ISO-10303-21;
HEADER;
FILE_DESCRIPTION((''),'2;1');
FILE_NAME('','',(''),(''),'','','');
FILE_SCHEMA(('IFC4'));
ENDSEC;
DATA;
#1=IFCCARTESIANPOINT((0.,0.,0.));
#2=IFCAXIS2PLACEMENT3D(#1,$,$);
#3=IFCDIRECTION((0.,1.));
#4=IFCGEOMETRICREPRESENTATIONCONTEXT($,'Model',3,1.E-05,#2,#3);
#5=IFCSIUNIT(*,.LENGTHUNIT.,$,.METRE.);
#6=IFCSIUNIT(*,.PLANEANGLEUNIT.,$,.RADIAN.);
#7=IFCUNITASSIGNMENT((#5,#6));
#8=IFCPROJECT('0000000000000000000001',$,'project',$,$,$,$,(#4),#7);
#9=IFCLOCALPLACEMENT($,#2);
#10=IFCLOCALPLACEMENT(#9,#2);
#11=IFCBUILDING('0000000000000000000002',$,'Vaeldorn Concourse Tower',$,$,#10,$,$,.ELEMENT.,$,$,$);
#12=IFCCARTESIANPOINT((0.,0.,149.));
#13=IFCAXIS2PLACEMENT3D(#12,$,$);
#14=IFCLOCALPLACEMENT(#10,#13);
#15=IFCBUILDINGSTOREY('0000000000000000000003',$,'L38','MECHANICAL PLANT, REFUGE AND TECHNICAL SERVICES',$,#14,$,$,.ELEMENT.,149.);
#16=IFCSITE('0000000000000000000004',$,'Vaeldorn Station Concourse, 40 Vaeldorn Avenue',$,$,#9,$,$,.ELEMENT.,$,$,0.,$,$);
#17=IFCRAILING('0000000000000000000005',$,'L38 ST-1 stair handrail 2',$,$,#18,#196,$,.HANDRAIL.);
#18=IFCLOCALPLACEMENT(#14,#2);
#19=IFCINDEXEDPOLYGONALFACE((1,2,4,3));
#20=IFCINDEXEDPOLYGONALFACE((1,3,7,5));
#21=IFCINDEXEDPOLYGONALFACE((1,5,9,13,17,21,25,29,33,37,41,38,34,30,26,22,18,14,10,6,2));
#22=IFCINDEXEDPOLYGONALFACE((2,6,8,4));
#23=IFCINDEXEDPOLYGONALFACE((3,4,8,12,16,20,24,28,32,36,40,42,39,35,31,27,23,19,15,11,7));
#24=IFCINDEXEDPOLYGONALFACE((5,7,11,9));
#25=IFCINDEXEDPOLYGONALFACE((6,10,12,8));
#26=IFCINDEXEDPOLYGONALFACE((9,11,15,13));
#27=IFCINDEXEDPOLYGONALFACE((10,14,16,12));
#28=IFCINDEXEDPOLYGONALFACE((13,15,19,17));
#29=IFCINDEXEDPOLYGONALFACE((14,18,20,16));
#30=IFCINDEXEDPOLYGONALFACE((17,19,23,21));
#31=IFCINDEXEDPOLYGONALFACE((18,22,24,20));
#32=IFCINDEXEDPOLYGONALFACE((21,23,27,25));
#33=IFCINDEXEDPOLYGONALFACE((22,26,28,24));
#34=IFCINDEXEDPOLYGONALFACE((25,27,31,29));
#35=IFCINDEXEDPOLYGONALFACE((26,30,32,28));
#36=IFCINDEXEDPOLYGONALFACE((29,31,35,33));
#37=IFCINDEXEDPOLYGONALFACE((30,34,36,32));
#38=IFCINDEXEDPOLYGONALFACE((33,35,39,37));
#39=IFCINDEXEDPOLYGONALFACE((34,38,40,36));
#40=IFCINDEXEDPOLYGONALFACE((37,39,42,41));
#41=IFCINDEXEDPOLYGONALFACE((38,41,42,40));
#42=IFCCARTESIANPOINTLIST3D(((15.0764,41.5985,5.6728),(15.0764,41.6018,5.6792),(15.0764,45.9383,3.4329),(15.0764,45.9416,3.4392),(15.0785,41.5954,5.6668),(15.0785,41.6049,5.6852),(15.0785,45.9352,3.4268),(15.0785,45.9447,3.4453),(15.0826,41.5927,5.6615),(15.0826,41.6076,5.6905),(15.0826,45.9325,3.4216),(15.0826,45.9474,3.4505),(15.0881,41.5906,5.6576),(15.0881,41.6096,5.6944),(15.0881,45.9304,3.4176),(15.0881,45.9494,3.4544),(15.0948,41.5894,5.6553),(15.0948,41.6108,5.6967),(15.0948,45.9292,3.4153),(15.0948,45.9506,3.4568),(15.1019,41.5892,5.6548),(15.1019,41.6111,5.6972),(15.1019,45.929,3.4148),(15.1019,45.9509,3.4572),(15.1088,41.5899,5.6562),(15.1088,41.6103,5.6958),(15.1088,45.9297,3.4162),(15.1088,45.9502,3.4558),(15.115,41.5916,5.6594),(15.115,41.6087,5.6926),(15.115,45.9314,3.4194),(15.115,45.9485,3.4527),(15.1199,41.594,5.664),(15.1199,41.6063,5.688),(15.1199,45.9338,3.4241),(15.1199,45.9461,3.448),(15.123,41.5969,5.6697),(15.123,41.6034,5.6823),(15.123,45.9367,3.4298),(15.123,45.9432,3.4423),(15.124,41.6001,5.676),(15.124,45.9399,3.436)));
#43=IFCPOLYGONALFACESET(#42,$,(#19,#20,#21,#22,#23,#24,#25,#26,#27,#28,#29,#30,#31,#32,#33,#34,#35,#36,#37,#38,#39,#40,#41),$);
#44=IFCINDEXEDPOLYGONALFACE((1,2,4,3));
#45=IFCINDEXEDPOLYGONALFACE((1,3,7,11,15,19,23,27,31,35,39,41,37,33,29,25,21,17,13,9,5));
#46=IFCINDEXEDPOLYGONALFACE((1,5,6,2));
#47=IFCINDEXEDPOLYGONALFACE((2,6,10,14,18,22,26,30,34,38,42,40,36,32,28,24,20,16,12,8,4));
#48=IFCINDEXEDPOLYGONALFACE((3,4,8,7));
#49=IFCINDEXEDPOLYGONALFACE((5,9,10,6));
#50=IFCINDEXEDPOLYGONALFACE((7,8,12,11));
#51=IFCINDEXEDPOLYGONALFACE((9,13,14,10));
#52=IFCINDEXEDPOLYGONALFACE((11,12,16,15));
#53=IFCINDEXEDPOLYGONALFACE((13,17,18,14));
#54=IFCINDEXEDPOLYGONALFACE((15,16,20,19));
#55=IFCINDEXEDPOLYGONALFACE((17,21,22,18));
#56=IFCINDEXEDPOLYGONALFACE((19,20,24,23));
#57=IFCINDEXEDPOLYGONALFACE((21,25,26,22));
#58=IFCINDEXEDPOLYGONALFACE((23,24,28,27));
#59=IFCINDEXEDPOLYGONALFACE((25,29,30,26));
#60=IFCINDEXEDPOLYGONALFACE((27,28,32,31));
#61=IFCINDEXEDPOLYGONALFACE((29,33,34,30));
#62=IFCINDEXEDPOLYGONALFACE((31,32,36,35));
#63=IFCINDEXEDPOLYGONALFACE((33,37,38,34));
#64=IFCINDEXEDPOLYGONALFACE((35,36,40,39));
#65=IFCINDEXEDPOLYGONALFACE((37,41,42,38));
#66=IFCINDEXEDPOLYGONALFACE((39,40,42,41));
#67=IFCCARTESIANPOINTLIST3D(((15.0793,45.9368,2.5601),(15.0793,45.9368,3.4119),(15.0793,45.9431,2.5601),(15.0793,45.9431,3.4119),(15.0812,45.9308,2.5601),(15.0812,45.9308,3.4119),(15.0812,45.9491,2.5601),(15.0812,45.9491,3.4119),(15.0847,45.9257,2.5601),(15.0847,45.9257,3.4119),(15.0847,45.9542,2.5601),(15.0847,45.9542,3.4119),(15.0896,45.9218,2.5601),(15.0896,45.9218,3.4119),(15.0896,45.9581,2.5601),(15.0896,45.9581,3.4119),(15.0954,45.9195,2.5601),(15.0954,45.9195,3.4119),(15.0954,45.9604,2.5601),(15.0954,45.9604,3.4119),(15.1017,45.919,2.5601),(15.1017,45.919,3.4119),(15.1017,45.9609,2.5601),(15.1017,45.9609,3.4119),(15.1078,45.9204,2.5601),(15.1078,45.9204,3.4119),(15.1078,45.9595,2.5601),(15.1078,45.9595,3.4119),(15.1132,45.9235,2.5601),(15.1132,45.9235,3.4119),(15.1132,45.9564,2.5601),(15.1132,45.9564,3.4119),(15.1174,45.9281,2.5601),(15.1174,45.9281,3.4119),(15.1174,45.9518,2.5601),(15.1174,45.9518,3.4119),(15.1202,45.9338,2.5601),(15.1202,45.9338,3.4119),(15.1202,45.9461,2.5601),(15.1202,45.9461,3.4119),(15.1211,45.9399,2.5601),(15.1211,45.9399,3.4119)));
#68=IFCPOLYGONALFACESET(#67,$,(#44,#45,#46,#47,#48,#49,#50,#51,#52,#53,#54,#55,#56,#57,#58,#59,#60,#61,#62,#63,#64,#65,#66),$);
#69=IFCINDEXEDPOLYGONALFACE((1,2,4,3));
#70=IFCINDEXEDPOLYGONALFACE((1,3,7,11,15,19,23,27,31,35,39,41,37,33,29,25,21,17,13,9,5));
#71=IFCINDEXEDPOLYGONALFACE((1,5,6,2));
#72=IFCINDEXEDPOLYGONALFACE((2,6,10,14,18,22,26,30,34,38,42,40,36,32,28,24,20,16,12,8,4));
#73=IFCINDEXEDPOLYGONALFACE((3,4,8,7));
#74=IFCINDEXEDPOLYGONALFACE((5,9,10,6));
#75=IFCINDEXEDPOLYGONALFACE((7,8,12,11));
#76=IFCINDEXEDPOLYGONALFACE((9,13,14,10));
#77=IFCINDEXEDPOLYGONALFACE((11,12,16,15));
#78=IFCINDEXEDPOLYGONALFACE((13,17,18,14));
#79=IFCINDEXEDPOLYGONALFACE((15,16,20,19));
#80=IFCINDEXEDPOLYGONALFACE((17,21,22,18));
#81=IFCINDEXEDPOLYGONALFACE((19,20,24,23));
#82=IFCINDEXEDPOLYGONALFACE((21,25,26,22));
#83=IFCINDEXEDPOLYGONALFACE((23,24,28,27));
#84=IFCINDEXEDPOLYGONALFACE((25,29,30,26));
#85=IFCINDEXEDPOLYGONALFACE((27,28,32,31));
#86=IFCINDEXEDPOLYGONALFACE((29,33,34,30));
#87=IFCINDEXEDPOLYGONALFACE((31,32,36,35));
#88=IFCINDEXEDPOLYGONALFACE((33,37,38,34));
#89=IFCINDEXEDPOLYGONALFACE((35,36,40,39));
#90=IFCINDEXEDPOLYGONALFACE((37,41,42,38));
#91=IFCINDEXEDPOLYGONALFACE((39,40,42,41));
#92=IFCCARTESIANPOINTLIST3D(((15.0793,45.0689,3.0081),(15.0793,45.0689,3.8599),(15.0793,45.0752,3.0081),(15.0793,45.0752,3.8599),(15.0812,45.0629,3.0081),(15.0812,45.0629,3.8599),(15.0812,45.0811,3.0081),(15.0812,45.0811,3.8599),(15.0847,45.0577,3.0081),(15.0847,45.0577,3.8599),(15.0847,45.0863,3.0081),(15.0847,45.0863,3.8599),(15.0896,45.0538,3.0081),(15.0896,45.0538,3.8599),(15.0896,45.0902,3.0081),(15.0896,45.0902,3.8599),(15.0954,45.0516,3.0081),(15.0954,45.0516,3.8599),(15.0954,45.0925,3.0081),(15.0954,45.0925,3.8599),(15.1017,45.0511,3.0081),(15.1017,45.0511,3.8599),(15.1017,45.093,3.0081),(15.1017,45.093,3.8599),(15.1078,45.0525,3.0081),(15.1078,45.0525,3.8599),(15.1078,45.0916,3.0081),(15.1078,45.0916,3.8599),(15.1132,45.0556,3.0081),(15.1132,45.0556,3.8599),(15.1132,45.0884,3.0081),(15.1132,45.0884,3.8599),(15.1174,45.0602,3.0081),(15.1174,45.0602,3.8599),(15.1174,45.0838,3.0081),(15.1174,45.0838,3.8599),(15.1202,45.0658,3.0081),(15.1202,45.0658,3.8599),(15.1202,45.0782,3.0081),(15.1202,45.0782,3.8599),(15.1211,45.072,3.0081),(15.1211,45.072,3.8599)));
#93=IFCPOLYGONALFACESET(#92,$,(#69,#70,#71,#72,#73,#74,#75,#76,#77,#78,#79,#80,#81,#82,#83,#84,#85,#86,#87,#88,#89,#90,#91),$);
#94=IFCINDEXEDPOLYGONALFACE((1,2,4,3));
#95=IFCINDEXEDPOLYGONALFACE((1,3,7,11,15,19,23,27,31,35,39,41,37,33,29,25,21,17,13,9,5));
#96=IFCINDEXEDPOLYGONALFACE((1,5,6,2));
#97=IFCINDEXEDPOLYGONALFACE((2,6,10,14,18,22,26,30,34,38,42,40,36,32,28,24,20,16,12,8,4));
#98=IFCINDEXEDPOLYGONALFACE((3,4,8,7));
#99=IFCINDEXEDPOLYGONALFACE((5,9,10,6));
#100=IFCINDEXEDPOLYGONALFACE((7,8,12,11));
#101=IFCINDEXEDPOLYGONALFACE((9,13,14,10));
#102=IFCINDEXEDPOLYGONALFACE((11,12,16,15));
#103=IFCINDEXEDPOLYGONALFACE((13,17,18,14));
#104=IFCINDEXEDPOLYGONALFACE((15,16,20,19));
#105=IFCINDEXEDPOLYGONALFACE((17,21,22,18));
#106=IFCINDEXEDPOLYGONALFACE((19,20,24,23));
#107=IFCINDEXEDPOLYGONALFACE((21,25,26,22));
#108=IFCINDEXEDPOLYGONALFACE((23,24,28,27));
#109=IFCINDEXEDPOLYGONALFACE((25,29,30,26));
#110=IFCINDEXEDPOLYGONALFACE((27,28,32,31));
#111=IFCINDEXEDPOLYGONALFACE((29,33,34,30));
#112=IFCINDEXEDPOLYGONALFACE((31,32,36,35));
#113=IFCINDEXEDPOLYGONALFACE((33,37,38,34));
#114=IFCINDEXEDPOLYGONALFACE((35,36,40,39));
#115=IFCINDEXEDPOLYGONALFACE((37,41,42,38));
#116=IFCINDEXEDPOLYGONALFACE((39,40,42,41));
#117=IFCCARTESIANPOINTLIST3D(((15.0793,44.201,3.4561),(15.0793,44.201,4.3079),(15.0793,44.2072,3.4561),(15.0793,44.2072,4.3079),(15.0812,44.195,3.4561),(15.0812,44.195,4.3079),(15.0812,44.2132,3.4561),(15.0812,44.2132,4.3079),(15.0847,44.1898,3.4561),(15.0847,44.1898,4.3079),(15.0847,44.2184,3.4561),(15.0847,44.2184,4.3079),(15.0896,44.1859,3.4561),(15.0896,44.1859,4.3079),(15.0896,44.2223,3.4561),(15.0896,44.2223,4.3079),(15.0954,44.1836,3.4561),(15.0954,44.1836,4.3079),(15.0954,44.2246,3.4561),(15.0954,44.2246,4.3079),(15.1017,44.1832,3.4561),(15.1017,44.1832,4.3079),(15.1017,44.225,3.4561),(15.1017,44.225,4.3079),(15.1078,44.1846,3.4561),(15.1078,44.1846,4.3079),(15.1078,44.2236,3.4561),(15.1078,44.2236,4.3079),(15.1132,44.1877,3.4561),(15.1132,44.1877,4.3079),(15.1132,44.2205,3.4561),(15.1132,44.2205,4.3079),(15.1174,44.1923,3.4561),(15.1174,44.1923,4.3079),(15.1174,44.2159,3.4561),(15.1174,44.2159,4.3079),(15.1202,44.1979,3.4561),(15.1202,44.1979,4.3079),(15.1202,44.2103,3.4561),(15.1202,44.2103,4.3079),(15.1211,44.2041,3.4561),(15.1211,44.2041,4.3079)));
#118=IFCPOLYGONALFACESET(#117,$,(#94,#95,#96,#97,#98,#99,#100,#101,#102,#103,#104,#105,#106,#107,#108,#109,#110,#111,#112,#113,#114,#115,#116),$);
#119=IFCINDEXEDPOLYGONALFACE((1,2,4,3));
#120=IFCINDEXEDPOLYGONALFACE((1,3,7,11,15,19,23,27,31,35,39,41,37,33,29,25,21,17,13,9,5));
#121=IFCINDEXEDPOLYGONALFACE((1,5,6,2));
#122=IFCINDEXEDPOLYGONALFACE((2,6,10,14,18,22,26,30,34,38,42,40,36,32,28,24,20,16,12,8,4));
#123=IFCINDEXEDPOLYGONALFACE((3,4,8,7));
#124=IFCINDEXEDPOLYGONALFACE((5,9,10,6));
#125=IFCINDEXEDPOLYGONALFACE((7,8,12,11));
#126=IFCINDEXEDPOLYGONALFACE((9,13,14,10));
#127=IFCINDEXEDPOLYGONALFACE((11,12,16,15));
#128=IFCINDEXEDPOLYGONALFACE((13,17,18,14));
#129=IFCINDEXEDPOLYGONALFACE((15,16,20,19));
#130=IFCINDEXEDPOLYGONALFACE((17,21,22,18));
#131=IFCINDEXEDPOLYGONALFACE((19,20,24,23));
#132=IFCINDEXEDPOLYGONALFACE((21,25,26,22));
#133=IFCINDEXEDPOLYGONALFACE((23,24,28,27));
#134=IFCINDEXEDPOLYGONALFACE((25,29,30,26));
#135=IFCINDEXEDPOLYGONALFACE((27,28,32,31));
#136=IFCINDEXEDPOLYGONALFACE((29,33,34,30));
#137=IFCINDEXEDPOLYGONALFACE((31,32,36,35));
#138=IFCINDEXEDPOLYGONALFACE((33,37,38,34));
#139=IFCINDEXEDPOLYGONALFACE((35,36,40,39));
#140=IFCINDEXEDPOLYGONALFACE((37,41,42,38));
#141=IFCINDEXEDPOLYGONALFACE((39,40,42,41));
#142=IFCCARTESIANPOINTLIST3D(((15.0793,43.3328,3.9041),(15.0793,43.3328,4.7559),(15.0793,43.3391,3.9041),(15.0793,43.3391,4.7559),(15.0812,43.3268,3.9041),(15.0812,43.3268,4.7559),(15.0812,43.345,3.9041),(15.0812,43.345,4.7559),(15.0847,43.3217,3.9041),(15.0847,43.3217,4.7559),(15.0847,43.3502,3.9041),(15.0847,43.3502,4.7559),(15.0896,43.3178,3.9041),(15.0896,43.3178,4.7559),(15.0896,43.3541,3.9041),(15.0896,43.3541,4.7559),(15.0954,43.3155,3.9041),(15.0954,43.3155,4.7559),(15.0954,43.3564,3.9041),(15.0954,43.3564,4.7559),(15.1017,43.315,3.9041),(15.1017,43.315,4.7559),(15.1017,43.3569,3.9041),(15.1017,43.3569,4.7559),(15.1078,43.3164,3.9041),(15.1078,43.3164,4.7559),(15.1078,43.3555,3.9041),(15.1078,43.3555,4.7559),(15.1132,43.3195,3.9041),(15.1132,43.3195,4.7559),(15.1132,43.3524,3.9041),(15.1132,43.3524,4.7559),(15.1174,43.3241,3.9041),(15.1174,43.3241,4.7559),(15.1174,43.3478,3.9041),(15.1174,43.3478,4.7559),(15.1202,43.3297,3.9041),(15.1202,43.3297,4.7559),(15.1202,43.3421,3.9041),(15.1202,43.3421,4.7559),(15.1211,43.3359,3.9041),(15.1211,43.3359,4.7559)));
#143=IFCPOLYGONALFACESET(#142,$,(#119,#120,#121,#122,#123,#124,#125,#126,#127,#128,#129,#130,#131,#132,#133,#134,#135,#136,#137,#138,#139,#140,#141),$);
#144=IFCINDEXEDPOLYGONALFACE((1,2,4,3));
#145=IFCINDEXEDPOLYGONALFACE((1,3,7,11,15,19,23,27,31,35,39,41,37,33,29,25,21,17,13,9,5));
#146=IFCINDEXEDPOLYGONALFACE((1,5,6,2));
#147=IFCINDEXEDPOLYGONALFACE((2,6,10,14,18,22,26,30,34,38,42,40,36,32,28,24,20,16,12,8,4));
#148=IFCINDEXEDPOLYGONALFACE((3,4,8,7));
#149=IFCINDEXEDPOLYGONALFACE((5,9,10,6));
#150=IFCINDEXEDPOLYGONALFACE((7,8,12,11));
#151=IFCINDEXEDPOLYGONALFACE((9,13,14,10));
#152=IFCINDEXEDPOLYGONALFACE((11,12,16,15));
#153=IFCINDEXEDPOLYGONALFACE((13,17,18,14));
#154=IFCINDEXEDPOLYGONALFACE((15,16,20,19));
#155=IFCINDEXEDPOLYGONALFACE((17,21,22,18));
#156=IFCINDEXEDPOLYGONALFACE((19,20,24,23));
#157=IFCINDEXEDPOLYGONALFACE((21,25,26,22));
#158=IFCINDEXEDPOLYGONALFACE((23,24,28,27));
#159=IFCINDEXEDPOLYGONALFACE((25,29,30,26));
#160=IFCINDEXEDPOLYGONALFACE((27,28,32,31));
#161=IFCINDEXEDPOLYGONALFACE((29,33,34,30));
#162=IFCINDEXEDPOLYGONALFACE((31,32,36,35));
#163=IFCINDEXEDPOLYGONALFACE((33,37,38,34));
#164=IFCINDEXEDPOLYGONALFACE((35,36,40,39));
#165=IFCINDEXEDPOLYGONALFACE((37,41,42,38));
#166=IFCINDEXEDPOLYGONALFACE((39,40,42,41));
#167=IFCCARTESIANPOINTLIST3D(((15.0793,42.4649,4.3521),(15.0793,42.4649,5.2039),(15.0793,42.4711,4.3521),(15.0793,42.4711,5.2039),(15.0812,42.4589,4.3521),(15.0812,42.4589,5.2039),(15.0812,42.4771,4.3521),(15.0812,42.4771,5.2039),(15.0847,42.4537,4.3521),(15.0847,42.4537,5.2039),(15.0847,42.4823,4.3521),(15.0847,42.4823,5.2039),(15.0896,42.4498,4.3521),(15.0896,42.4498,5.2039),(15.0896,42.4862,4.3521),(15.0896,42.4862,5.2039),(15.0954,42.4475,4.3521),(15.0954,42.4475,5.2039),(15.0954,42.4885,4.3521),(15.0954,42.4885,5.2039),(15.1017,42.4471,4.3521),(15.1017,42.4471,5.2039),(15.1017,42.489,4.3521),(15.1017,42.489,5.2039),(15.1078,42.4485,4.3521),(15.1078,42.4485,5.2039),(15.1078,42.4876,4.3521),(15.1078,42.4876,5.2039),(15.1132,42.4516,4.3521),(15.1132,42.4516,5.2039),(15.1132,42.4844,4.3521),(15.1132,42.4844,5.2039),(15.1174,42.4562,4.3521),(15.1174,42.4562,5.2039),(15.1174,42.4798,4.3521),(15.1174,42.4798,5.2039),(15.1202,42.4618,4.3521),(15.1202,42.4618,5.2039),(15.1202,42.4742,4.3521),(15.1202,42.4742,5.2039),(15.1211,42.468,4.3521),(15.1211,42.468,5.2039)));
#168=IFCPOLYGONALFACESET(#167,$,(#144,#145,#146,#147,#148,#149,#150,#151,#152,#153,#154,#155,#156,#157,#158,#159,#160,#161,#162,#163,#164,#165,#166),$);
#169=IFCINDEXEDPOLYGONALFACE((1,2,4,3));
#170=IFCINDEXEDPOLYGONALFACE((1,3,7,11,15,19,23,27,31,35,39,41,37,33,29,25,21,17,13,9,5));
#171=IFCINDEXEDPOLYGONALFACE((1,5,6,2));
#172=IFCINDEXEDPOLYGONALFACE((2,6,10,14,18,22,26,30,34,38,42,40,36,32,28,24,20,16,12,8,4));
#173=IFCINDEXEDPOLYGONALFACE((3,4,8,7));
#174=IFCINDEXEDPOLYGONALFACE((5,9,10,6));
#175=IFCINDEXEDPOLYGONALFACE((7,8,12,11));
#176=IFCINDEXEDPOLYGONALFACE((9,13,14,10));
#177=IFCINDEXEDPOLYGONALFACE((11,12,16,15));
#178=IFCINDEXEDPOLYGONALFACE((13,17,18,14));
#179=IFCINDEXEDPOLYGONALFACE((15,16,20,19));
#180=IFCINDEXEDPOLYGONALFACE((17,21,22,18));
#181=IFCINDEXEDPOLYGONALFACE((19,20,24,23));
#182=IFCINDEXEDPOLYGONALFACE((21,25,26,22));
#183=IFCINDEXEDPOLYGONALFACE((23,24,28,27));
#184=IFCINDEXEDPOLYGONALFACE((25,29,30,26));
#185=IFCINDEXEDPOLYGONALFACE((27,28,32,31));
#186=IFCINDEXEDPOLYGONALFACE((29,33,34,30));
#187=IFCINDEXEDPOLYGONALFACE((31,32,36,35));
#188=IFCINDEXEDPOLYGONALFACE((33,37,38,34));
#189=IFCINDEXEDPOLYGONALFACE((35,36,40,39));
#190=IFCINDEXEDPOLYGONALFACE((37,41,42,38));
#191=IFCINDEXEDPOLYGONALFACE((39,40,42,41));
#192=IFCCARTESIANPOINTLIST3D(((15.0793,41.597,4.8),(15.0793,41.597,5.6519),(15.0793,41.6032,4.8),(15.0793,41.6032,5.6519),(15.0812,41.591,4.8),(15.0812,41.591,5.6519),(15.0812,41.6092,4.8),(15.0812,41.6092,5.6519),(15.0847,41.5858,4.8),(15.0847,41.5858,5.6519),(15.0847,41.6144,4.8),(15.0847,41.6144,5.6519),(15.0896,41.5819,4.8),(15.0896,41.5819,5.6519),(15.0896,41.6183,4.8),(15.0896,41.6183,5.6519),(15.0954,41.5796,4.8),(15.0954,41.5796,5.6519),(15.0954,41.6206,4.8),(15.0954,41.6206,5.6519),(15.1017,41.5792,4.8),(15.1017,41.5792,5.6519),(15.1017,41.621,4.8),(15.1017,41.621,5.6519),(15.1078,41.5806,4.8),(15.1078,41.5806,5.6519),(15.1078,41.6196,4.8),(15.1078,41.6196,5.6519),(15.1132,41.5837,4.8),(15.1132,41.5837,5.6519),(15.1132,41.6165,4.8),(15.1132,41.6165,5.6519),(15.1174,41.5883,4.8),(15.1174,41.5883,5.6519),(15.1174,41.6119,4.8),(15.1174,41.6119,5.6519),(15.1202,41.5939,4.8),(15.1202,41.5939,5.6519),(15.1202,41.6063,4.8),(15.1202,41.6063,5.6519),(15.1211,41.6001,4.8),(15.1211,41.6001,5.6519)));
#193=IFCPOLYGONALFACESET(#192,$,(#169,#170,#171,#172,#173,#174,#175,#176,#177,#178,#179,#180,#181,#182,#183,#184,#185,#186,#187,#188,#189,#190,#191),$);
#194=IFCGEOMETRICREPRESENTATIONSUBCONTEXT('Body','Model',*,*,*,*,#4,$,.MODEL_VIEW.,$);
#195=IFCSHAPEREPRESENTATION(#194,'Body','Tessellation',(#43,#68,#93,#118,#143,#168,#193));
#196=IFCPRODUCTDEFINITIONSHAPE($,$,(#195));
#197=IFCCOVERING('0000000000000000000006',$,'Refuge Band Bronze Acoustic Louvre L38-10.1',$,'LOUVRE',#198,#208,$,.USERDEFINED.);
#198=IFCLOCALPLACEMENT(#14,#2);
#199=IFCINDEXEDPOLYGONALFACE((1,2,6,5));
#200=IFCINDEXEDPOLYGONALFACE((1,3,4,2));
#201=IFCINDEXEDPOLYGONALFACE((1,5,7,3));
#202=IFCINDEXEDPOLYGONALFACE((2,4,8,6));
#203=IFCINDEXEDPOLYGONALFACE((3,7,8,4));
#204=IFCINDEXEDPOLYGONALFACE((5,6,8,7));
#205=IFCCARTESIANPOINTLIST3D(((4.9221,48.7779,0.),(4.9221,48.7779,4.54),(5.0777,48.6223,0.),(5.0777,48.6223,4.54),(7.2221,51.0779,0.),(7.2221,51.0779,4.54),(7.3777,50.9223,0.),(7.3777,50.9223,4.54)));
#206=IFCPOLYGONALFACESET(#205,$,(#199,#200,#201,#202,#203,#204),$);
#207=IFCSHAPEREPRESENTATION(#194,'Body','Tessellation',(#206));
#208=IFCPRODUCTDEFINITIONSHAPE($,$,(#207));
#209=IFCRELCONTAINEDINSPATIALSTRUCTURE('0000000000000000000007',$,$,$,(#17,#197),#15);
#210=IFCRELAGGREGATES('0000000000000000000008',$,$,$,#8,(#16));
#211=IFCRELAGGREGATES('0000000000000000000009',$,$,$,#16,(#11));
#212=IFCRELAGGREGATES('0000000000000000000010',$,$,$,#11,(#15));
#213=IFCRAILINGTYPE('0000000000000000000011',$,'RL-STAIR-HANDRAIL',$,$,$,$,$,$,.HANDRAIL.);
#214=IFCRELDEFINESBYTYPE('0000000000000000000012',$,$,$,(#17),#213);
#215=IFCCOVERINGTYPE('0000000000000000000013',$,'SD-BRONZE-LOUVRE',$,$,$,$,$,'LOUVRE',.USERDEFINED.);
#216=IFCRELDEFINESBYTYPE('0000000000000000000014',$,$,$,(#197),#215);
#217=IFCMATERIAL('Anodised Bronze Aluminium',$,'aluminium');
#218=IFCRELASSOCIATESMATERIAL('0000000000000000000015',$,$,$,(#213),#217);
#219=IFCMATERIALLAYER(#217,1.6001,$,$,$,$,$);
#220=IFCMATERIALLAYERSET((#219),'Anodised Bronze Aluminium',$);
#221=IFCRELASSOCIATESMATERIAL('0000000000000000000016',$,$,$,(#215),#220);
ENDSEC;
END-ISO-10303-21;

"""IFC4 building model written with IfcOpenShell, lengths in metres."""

from ifc_helpers import new_model, si_unit, direction, frame, origin, origin_2d, place, context, subcontext, project, spatial, rectangle, circle, extrude, source, transform, mapped, material, layer, layer_set, type_object, element, save


model = new_model("IFC4")

# Units and contexts
model_context = context("Model", 3, precision=1e-05, world=origin(), true_north=direction((0.0, 1.0)))
body_context = subcontext(model_context, "Body", "Model", "MODEL_VIEW")
ifc_project = project(units=[si_unit("LENGTHUNIT", "METRE"), si_unit("PLANEANGLEUNIT", "RADIAN")], contexts=[model_context])

# Site, building, storey
site_placement = place(None, origin())
site = spatial("IfcSite", under=ifc_project, at=site_placement, Name="Vaeldorn Station Concourse, 40 Vaeldorn Avenue", CompositionType="ELEMENT", RefElevation=0.0)
building_placement = place(site_placement, origin())
building = spatial("IfcBuilding", under=site, at=building_placement, Name="Vaeldorn Concourse Tower", CompositionType="ELEMENT")
storey_placement = place(building_placement, frame((0.0, 0.0, 149.0)))
storey = spatial("IfcBuildingStorey", under=building, at=storey_placement, Name="L38", Description="MECHANICAL PLANT, REFUGE AND TECHNICAL SERVICES", CompositionType="ELEMENT", Elevation=149.0)

# Railing
ifc_material_1 = material(Name="Anodised Bronze Aluminium", Category="aluminium")
railing_type_1 = type_object("IfcRailingType", Name="RL-STAIR-HANDRAIL", PredefinedType="HANDRAIL", material=ifc_material_1)
railing_1_placement = place(storey_placement, frame((15.1001, 45.9399, 2.5601)))
element("IfcRailing", 1, at=railing_1_placement, inside=storey, type_object=railing_type_1, Name="L38 ST-1 stair handrail 2", PredefinedType="HANDRAIL", context=body_context, shape_type="SweptSolid", body=[
    extrude(circle(Radius=0.0239, at=origin_2d()), frame((0.0, 0.0, 0.876), z_axis=(0.0, -0.888615, 0.458654), x_axis=(1.0, 0.0, 0.0)), (0.0, 0.0, 1.0), 4.8838),
    extrude(circle(Radius=0.021, at=origin_2d()), origin(), (0.0, 0.0, 1.0), 0.8518),
    extrude(circle(Radius=0.021, at=origin_2d()), frame((0.0, -0.8679, 0.448)), (0.0, 0.0, 1.0), 0.8518),
    extrude(circle(Radius=0.021, at=origin_2d()), frame((0.0, -1.7358, 0.896)), (0.0, 0.0, 1.0), 0.8518),
    extrude(circle(Radius=0.021, at=origin_2d()), frame((0.0, -2.604, 1.344)), (0.0, 0.0, 1.0), 0.8518),
    extrude(circle(Radius=0.021, at=origin_2d()), frame((0.0, -3.4719, 1.792)), (0.0, 0.0, 1.0), 0.8518),
    extrude(circle(Radius=0.021, at=origin_2d()), frame((0.0, -4.3398, 2.24)), (0.0, 0.0, 1.0), 0.8518),
])

# Covering
ifc_layer_1 = layer(ifc_material_1, 1.6001)
ifc_layer_set_1 = layer_set([ifc_layer_1], Name="Anodised Bronze Aluminium")
covering_type = type_object("IfcCoveringType", Name="SD-BRONZE-LOUVRE", ElementType="LOUVRE", PredefinedType="USERDEFINED", material=ifc_layer_set_1)
shared_shape_1 = source(origin(), body_context, "Body", "SweptSolid", [
    extrude(rectangle(XDim=3.2527, YDim=0.22, at=origin_2d()), origin(), (0.0, 0.0, 1.0), 4.54),
])
covering_1_placement = place(storey_placement, frame((6.1499, 49.8501, 0.0), z_axis=(0.0, 0.0, 1.0), x_axis=(-0.707107, -0.707107, 0.0)))
element("IfcCovering", 2, at=covering_1_placement, inside=storey, type_object=covering_type, Name="Refuge Band Bronze Acoustic Louvre L38-10.1", ObjectType="LOUVRE", PredefinedType="USERDEFINED", context=body_context, shape_type="MappedRepresentation", body=[
    mapped(shared_shape_1, transform((0.0, 0.0, 0.0), scale=1.0)),
])

save(model, "model.ifc")
